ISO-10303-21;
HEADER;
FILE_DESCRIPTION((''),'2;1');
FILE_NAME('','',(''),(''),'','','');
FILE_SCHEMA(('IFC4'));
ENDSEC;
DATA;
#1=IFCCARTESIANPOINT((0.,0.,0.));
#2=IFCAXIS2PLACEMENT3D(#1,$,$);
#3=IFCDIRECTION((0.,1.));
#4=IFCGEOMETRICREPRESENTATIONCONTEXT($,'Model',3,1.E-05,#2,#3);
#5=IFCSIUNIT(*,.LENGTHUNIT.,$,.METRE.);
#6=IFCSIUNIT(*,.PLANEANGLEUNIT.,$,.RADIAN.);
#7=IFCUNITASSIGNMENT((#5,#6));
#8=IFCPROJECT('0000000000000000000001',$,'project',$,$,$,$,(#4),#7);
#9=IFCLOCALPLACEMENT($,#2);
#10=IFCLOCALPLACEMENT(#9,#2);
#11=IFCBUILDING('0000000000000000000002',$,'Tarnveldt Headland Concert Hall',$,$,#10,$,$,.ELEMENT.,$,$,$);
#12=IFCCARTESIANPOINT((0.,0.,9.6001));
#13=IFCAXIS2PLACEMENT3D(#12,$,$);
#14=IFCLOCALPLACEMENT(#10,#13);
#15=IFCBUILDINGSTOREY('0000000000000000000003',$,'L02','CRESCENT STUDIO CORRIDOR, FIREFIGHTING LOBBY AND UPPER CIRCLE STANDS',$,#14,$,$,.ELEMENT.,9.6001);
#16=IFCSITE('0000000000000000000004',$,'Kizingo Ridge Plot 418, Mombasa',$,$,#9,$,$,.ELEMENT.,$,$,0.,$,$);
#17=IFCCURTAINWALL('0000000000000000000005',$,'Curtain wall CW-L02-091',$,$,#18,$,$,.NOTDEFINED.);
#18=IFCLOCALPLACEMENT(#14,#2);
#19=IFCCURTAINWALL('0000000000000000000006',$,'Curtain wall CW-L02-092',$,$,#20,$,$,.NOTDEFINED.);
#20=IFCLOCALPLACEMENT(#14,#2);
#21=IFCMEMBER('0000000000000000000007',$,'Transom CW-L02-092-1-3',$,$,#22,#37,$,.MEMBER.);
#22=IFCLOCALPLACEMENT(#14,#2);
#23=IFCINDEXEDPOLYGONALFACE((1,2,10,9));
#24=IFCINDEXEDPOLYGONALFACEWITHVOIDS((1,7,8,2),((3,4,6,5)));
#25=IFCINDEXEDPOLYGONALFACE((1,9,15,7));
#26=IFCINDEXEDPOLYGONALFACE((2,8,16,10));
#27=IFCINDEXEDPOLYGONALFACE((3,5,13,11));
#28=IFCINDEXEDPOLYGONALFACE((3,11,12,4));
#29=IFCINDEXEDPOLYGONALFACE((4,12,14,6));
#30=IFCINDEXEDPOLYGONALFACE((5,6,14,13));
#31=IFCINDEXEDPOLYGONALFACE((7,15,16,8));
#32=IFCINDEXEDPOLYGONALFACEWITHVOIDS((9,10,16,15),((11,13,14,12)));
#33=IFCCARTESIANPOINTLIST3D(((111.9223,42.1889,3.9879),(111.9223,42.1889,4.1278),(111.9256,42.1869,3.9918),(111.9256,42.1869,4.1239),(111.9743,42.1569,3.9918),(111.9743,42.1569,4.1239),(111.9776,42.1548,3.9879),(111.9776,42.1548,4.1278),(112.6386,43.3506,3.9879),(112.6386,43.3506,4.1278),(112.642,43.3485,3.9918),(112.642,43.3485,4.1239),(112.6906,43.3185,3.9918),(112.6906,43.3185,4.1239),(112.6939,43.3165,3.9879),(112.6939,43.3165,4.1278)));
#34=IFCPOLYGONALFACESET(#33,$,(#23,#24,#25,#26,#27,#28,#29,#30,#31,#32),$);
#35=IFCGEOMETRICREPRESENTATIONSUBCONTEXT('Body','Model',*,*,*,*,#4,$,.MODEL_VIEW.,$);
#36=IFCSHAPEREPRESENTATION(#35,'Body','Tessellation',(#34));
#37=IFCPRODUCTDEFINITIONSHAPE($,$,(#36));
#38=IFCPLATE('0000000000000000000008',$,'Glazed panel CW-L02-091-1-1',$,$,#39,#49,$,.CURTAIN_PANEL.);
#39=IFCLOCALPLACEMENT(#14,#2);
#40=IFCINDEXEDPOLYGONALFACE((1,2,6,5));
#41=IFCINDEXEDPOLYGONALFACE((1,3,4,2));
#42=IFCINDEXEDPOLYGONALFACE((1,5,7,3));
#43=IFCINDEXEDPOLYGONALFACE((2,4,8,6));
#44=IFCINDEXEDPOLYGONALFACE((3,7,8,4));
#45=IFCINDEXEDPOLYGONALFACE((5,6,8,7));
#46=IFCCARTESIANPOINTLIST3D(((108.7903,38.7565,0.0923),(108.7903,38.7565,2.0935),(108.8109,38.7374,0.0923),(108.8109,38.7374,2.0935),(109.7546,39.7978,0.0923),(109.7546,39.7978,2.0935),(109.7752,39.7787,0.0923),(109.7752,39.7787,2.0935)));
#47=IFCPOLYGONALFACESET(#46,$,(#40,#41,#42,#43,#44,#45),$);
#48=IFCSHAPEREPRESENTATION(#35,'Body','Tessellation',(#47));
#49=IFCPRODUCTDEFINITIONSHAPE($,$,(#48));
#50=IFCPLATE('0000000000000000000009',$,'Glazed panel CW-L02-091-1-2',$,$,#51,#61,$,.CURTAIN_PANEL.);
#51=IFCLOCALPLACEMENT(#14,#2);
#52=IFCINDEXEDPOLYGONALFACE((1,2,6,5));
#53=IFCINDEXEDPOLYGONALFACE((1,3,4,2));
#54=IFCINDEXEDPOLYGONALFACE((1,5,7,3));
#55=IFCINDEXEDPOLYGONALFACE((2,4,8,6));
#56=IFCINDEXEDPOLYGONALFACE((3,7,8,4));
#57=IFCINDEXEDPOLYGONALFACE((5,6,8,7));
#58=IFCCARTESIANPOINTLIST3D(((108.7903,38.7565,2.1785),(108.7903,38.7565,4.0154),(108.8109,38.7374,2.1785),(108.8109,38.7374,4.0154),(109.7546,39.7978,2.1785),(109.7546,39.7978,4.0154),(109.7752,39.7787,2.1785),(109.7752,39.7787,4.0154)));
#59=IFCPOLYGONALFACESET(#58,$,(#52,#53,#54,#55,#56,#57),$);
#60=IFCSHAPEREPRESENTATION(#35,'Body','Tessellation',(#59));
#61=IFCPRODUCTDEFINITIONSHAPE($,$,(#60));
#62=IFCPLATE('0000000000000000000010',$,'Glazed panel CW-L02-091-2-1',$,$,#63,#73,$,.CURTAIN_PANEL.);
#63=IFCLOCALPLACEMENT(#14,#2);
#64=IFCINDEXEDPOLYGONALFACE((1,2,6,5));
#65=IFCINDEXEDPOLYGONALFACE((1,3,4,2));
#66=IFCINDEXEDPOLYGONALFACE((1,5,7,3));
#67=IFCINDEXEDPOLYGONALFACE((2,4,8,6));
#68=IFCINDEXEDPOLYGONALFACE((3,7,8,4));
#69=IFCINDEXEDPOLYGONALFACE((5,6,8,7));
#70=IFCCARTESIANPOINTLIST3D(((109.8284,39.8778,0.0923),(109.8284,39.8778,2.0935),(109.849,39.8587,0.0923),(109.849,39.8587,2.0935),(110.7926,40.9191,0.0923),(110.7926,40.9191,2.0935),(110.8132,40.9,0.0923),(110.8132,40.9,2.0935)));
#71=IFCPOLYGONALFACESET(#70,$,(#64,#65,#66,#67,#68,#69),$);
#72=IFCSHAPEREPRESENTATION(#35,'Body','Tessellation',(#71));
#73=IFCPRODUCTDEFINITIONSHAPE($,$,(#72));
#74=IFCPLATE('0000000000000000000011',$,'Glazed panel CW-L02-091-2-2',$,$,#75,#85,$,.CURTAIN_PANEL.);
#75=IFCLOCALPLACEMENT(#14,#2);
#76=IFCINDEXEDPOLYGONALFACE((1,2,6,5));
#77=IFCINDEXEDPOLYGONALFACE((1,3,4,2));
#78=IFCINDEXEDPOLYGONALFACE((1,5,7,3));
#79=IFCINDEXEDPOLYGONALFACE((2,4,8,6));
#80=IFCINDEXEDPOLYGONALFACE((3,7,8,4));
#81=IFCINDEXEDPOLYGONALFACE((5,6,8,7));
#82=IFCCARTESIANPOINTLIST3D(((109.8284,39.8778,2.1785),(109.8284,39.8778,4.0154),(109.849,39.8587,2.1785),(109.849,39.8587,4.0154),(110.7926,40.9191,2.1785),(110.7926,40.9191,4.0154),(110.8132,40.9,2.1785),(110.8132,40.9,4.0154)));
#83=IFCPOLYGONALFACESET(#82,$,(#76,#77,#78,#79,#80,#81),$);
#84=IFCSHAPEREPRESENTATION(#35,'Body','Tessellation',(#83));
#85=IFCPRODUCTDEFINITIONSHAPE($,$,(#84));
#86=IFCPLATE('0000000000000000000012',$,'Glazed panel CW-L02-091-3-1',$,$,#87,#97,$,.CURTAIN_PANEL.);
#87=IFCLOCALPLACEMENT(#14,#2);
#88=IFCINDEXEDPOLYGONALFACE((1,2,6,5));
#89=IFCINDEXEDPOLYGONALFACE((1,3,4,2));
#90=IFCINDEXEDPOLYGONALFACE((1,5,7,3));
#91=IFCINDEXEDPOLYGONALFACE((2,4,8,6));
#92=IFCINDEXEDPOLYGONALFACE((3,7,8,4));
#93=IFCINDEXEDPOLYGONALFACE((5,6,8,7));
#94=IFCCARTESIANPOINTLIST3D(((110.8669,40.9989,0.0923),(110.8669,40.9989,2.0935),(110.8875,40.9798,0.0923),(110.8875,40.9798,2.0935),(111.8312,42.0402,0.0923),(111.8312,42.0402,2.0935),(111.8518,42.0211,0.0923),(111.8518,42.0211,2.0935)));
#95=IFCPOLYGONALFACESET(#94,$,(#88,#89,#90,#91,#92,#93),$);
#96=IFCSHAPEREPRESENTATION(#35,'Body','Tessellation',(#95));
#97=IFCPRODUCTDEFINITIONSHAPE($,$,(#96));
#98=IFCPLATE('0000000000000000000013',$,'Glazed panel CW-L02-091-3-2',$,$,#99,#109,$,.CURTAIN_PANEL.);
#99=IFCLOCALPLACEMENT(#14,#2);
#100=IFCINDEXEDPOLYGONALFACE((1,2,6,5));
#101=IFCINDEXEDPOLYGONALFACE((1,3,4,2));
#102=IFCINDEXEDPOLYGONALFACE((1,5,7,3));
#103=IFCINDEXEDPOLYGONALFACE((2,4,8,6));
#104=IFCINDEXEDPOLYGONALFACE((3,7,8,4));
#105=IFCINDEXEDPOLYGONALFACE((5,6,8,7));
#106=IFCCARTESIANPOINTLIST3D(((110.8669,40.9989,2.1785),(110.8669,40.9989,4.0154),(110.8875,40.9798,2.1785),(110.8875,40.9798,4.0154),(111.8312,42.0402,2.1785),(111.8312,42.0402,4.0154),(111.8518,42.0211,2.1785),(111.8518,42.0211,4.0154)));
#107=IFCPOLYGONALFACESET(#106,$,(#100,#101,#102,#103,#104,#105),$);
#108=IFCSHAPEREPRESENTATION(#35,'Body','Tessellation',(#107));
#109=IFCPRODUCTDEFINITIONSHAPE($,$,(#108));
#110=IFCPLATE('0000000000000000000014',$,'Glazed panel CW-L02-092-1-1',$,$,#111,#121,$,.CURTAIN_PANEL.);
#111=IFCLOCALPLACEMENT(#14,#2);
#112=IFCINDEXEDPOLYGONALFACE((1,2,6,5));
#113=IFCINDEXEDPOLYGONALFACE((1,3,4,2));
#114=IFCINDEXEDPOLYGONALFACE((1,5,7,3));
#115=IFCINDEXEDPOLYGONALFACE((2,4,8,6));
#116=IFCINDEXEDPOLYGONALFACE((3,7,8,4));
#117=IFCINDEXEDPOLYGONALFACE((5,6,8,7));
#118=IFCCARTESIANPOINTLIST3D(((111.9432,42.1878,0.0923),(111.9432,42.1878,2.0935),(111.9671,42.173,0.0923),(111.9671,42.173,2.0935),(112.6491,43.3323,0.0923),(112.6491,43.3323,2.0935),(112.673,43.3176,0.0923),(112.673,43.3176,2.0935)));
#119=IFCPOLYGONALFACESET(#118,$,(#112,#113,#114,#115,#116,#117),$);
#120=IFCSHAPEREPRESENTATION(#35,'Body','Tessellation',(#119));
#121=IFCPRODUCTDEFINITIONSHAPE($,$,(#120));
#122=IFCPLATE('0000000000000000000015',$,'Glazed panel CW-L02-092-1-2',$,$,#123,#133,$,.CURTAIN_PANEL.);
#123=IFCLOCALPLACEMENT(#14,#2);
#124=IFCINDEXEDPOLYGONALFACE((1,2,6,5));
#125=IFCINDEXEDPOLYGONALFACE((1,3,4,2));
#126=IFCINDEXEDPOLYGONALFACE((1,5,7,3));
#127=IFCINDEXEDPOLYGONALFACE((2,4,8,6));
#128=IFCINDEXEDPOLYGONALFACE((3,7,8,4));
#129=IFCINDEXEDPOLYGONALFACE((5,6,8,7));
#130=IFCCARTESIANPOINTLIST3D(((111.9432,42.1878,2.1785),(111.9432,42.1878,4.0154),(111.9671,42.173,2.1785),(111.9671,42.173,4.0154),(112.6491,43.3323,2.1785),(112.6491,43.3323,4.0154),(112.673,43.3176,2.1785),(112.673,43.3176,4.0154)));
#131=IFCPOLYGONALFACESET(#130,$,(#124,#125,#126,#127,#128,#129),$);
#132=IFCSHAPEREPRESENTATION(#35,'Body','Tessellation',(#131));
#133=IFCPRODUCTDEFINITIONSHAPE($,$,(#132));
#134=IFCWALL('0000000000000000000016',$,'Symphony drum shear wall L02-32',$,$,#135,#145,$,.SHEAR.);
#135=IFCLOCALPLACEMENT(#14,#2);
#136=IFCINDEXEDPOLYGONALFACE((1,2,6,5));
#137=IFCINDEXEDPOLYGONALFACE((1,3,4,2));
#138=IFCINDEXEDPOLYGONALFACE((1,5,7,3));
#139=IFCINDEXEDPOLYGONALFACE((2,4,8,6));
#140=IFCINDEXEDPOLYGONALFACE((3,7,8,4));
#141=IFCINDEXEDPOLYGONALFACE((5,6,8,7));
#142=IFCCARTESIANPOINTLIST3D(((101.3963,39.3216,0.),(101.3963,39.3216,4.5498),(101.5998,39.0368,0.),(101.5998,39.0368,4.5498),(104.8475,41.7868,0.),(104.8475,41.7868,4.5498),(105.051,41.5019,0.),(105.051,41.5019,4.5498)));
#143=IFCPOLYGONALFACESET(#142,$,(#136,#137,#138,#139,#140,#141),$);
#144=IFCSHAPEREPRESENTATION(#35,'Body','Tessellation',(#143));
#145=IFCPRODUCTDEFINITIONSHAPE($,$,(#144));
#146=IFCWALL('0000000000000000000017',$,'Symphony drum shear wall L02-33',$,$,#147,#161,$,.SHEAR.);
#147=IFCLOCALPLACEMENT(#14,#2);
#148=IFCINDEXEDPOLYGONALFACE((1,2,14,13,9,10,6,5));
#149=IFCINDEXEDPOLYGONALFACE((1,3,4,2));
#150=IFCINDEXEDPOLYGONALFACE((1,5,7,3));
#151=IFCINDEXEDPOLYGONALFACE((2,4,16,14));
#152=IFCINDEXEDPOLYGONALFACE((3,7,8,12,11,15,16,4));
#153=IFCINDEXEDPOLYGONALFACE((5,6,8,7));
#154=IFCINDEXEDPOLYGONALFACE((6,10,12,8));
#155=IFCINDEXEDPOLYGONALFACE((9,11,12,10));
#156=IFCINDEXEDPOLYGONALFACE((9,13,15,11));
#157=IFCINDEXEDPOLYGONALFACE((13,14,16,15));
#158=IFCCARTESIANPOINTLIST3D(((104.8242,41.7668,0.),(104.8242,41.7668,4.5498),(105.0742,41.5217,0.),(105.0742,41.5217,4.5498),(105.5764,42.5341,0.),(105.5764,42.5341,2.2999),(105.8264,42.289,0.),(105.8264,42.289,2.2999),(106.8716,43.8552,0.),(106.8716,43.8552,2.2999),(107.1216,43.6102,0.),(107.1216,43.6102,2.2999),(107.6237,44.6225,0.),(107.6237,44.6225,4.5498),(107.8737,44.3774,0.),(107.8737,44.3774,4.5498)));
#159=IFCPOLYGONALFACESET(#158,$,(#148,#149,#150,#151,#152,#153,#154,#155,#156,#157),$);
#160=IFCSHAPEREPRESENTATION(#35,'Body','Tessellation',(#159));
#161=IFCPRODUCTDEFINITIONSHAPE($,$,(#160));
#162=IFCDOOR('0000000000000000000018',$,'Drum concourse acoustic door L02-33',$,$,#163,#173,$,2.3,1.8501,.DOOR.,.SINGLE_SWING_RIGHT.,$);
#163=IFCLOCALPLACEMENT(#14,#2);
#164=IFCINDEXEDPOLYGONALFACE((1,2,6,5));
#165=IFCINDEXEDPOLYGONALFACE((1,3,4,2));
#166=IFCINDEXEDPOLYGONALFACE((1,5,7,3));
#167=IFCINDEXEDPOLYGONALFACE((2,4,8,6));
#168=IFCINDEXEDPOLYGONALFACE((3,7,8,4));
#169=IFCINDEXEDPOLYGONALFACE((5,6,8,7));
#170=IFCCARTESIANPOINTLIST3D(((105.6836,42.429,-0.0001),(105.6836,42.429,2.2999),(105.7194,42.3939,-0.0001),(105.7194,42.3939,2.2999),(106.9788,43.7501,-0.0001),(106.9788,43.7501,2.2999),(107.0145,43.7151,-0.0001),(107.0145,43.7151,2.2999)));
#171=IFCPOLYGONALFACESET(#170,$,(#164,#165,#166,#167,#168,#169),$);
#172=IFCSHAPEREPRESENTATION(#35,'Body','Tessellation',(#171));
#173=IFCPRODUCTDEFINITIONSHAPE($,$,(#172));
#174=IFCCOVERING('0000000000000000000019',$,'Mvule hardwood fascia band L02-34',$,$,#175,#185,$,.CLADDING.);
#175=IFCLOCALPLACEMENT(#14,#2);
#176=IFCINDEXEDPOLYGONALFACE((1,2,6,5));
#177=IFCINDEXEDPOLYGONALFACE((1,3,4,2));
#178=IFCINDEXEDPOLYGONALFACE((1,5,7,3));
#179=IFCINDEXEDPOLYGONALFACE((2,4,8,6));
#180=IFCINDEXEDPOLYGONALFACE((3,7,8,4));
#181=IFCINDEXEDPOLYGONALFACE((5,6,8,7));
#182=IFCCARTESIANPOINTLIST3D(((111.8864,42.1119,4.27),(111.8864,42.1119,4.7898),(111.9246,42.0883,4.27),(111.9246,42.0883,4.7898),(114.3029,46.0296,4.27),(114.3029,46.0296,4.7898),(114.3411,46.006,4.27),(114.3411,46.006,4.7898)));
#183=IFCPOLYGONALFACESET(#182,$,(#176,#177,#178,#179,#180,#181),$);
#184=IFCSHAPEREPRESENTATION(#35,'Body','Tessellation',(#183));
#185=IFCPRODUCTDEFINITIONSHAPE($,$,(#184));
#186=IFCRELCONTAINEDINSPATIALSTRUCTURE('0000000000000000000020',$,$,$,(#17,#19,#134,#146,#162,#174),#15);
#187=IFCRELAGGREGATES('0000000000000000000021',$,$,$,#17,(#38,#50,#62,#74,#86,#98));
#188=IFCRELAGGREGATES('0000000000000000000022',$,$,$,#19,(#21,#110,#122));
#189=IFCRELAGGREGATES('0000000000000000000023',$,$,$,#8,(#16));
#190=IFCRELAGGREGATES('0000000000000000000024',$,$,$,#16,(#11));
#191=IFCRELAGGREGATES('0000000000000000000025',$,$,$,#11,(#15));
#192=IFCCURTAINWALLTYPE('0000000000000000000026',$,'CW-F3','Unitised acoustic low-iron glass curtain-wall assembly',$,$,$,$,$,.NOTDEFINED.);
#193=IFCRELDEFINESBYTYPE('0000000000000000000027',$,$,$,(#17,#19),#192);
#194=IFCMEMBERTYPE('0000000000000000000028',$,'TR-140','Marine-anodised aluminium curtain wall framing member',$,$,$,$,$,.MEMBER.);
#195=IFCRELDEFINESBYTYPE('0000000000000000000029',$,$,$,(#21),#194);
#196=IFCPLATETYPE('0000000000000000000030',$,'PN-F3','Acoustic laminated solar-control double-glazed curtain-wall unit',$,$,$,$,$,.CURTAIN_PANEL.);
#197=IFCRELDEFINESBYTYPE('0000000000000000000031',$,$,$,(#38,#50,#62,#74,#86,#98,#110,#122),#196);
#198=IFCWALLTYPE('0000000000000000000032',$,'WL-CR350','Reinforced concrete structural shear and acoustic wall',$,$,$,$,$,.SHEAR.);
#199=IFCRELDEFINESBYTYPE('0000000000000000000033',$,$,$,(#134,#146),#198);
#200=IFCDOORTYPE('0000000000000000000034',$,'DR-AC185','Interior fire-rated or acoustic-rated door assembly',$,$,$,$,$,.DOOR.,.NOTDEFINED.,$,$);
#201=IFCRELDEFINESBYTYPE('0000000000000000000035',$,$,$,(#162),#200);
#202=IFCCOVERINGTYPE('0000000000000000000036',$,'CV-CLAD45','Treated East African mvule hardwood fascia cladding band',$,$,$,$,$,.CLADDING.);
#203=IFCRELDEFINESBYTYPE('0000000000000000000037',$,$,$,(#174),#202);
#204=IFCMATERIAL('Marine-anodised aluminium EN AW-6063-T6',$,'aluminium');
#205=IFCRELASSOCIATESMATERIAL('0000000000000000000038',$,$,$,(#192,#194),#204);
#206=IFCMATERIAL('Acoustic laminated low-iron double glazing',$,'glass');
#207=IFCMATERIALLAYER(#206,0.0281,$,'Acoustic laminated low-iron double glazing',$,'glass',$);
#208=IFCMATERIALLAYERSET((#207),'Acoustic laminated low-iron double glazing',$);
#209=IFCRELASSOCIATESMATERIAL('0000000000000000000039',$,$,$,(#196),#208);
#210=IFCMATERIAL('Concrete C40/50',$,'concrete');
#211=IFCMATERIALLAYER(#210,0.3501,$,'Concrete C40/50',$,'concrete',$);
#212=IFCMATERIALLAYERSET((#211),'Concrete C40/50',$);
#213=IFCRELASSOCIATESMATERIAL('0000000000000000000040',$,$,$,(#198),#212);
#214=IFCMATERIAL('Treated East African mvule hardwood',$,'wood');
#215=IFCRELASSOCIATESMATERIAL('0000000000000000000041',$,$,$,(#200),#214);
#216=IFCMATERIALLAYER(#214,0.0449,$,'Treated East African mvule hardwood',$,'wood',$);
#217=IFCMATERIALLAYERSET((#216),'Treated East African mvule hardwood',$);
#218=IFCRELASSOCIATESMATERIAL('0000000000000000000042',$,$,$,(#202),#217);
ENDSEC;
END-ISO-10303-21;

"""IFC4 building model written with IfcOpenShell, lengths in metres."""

from ifc_helpers import new_model, si_unit, direction, frame, frame_2d, origin, origin_2d, place, context, subcontext, project, spatial, rectangle, hollow_rectangle, extrude, material, layer, layer_set, material_profile, profile_set, type_object, element, fill, aggregate, save


model = new_model("IFC4")

# Units and contexts
model_context = context("Model", 3, precision=1e-05, world=origin(), true_north=direction((0.0, 1.0)))
body_context = subcontext(model_context, "Body", "Model", "MODEL_VIEW")
ifc_project = project(units=[si_unit("LENGTHUNIT", "METRE"), si_unit("PLANEANGLEUNIT", "RADIAN")], contexts=[model_context])

# Site, building, storey
site_placement = place(None, origin())
site = spatial("IfcSite", under=ifc_project, at=site_placement, Name="Kizingo Ridge Plot 418, Mombasa", CompositionType="ELEMENT", RefElevation=0.0)
building_placement = place(site_placement, origin())
building = spatial("IfcBuilding", under=site, at=building_placement, Name="Tarnveldt Headland Concert Hall", CompositionType="ELEMENT")
storey_placement = place(building_placement, frame((0.0, 0.0, 9.6001)))
storey = spatial("IfcBuildingStorey", under=building, at=storey_placement, Name="L02", Description="CRESCENT STUDIO CORRIDOR, FIREFIGHTING LOBBY AND UPPER CIRCLE STANDS", CompositionType="ELEMENT", Elevation=9.6001)

# Shared definitions
ifc_material_1 = material(Name="Concrete C40/50", Category="concrete")

# Curtain wall
ifc_material_2 = material(Name="Marine-anodised aluminium EN AW-6063-T6", Category="aluminium")
curtain_wall_type = type_object("IfcCurtainWallType", Name="CW-F3", Description="Unitised acoustic low-iron glass curtain-wall assembly", PredefinedType="NOTDEFINED", material=ifc_material_2)
curtain_wall_1_placement = place(storey_placement, origin())
curtain_wall_1 = element("IfcCurtainWall", 1, at=curtain_wall_1_placement, inside=storey, type_object=curtain_wall_type, Name="Curtain wall CW-L02-091", PredefinedType="NOTDEFINED")

# Curtain wall
curtain_wall_2_placement = place(storey_placement, origin())
curtain_wall_2 = element("IfcCurtainWall", 2, at=curtain_wall_2_placement, inside=storey, type_object=curtain_wall_type, Name="Curtain wall CW-L02-092", PredefinedType="NOTDEFINED")

# Member
ifc_material_profile_1 = material_profile(ifc_material_2, hollow_rectangle(XDim=0.0649, YDim=0.1399, WallThickness=0.0039, at=origin_2d()), Name="ALU TRANSOM 65x140x4", Category="aluminium")
ifc_profile_set_1 = profile_set([ifc_material_profile_1], Name="Marine-anodised aluminium EN AW-6063-T6")
member_type_1 = type_object("IfcMemberType", Name="TR-140", Description="Marine-anodised aluminium curtain wall framing member", PredefinedType="MEMBER", material=ifc_profile_set_1)
member_1_placement = place(storey_placement, frame((111.95, 42.1719, 4.0579), z_axis=(0.524876, 0.851179, 0.0), x_axis=(-0.851179, 0.524876, 0.0)))
member_1 = element("IfcMember", 3, at=member_1_placement, type_object=member_type_1, Name="Transom CW-L02-092-1-3", PredefinedType="MEMBER", context=body_context, shape_type="SweptSolid", body=[
    extrude(hollow_rectangle(XDim=0.0649, YDim=0.1399, WallThickness=0.0039, at=origin_2d()), origin(), (0.0, 0.0, 1.0), 1.3647),
])

# Plates
ifc_material_3 = material(Name="Acoustic laminated low-iron double glazing", Category="glass")
ifc_layer_1 = layer(ifc_material_3, 0.0281, Name="Acoustic laminated low-iron double glazing", Category="glass")
ifc_layer_set_1 = layer_set([ifc_layer_1], Name="Acoustic laminated low-iron double glazing")
plate_type = type_object("IfcPlateType", Name="PN-F3", Description="Acoustic laminated solar-control double-glazed curtain-wall unit", PredefinedType="CURTAIN_PANEL", material=ifc_layer_set_1)
plate_1_placement = place(storey_placement, frame((109.2827, 39.2676, 0.0923), z_axis=(0.0, 0.0, 1.0), x_axis=(0.679467, 0.733706, 0.0)))
plate_1 = element("IfcPlate", 4, at=plate_1_placement, type_object=plate_type, Name="Glazed panel CW-L02-091-1-1", PredefinedType="CURTAIN_PANEL", context=body_context, shape_type="SweptSolid", body=[
    extrude(rectangle(XDim=1.4192, YDim=0.0281, at=origin_2d()), origin(), (0.0, 0.0, 1.0), 2.0012),
])
plate_2_placement = place(storey_placement, frame((109.2827, 39.2676, 2.1785), z_axis=(0.0, 0.0, 1.0), x_axis=(0.679467, 0.733706, 0.0)))
plate_2 = element("IfcPlate", 5, at=plate_2_placement, type_object=plate_type, Name="Glazed panel CW-L02-091-1-2", PredefinedType="CURTAIN_PANEL", context=body_context, shape_type="SweptSolid", body=[
    extrude(rectangle(XDim=1.4192, YDim=0.0281, at=origin_2d()), origin(), (0.0, 0.0, 1.0), 1.8369),
])
plate_3_placement = place(storey_placement, frame((110.3208, 40.3889, 0.0923), z_axis=(0.0, 0.0, 1.0), x_axis=(0.679467, 0.733706, 0.0)))
plate_3 = element("IfcPlate", 6, at=plate_3_placement, type_object=plate_type, Name="Glazed panel CW-L02-091-2-1", PredefinedType="CURTAIN_PANEL", context=body_context, shape_type="SweptSolid", body=[
    extrude(rectangle(XDim=1.4192, YDim=0.0281, at=origin_2d()), origin(), (0.0, 0.0, 1.0), 2.0012),
])
plate_4_placement = place(storey_placement, frame((110.3208, 40.3889, 2.1785), z_axis=(0.0, 0.0, 1.0), x_axis=(0.679467, 0.733706, 0.0)))
plate_4 = element("IfcPlate", 7, at=plate_4_placement, type_object=plate_type, Name="Glazed panel CW-L02-091-2-2", PredefinedType="CURTAIN_PANEL", context=body_context, shape_type="SweptSolid", body=[
    extrude(rectangle(XDim=1.4192, YDim=0.0281, at=origin_2d()), origin(), (0.0, 0.0, 1.0), 1.8369),
])
plate_5_placement = place(storey_placement, frame((111.3594, 41.51, 0.0923), z_axis=(0.0, 0.0, 1.0), x_axis=(0.679467, 0.733706, 0.0)))
plate_5 = element("IfcPlate", 8, at=plate_5_placement, type_object=plate_type, Name="Glazed panel CW-L02-091-3-1", PredefinedType="CURTAIN_PANEL", context=body_context, shape_type="SweptSolid", body=[
    extrude(rectangle(XDim=1.4192, YDim=0.0281, at=origin_2d()), origin(), (0.0, 0.0, 1.0), 2.0012),
])
plate_6_placement = place(storey_placement, frame((111.3594, 41.51, 2.1785), z_axis=(0.0, 0.0, 1.0), x_axis=(0.679467, 0.733706, 0.0)))
plate_6 = element("IfcPlate", 9, at=plate_6_placement, type_object=plate_type, Name="Glazed panel CW-L02-091-3-2", PredefinedType="CURTAIN_PANEL", context=body_context, shape_type="SweptSolid", body=[
    extrude(rectangle(XDim=1.4192, YDim=0.0281, at=origin_2d()), origin(), (0.0, 0.0, 1.0), 1.8369),
])
aggregate(curtain_wall_1, [plate_1, plate_2, plate_3, plate_4, plate_5, plate_6])
plate_7_placement = place(storey_placement, frame((112.3081, 42.7527, 0.0923), z_axis=(0.0, 0.0, 1.0), x_axis=(0.524922, 0.85115, 0.0)))
plate_7 = element("IfcPlate", 10, at=plate_7_placement, type_object=plate_type, Name="Glazed panel CW-L02-092-1-1", PredefinedType="CURTAIN_PANEL", context=body_context, shape_type="SweptSolid", body=[
    extrude(rectangle(XDim=1.3447, YDim=0.0281, at=origin_2d()), origin(), (0.0, 0.0, 1.0), 2.0012),
])
plate_8_placement = place(storey_placement, frame((112.3081, 42.7527, 2.1785), z_axis=(0.0, 0.0, 1.0), x_axis=(0.524922, 0.85115, 0.0)))
plate_8 = element("IfcPlate", 11, at=plate_8_placement, type_object=plate_type, Name="Glazed panel CW-L02-092-1-2", PredefinedType="CURTAIN_PANEL", context=body_context, shape_type="SweptSolid", body=[
    extrude(rectangle(XDim=1.3447, YDim=0.0281, at=origin_2d()), origin(), (0.0, 0.0, 1.0), 1.8369),
])
aggregate(curtain_wall_2, [member_1, plate_7, plate_8])

# Wall
ifc_layer_2 = layer(ifc_material_1, 0.3501, Name="Concrete C40/50", Category="concrete")
ifc_layer_set_2 = layer_set([ifc_layer_2], Name="Concrete C40/50")
wall_type = type_object("IfcWallType", Name="WL-CR350", Description="Reinforced concrete structural shear and acoustic wall", PredefinedType="SHEAR", material=ifc_layer_set_2)
wall_1_placement = place(storey_placement, frame((101.498, 39.1792, 0.0), z_axis=(0.0, 0.0, 1.0), x_axis=(0.813737, 0.581233, 0.0)))
element("IfcWall", 12, at=wall_1_placement, inside=storey, type_object=wall_type, Name="Symphony drum shear wall L02-32", PredefinedType="SHEAR", context=body_context, shape_type="SweptSolid", body=[
    extrude(rectangle(XDim=4.2412, YDim=0.3501, at=frame_2d((2.1206, 0.0))), origin(), (0.0, 0.0, 1.0), 4.5498),
])

# Wall, opening, door
wall_2_placement = place(storey_placement, frame((104.9492, 41.6443, 0.0), z_axis=(0.0, 0.0, 1.0), x_axis=(0.700051, 0.714093, 0.0)))
wall_2 = element("IfcWall", 13, at=wall_2_placement, inside=storey, type_object=wall_type, Name="Symphony drum shear wall L02-33", PredefinedType="SHEAR", context=body_context, shape_type="SweptSolid", body=[
    extrude(rectangle(XDim=3.999, YDim=0.3501, at=frame_2d((1.9995, 0.0))), origin(), (0.0, 0.0, 1.0), 4.5498),
])
opening_placement = place(wall_2_placement, frame((1.0745, 0.0, 0.0)))
opening = element("IfcOpeningElement", 14, at=opening_placement, cuts=wall_2, PredefinedType="OPENING", context=body_context, shape_type="SweptSolid", body=[
    extrude(rectangle(XDim=1.8501, YDim=2.3, at=frame_2d((0.925, 1.1499))), frame((0.0, 0.1851, 0.0), z_axis=(0.0, -1.0, 0.0), x_axis=(1.0, 0.0, 0.0)), (0.0, 0.0, 1.0), 0.3701),
])
ifc_material_4 = material(Name="Treated East African mvule hardwood", Category="wood")
door_type = type_object("IfcDoorType", Name="DR-AC185", Description="Interior fire-rated or acoustic-rated door assembly", OperationType="NOTDEFINED", PredefinedType="DOOR", material=ifc_material_4)
door_placement = place(opening_placement, origin())
door = element("IfcDoor", 15, at=door_placement, inside=storey, type_object=door_type, Name="Drum concourse acoustic door L02-33", OperationType="SINGLE_SWING_RIGHT", OverallHeight=2.3, OverallWidth=1.8501, PredefinedType="DOOR", context=body_context, shape_type="SweptSolid", body=[
    extrude(rectangle(XDim=1.8501, YDim=2.3, at=frame_2d((0.925, 1.1499))), frame((0.0, 0.0249, 0.0), z_axis=(0.0, -1.0, 0.0), x_axis=(1.0, 0.0, 0.0)), (0.0, 0.0, 1.0), 0.05),
])
fill(opening, door)

# Covering
ifc_layer_3 = layer(ifc_material_4, 0.0449, Name="Treated East African mvule hardwood", Category="wood")
ifc_layer_set_3 = layer_set([ifc_layer_3], Name="Treated East African mvule hardwood")
covering_type = type_object("IfcCoveringType", Name="CV-CLAD45", Description="Treated East African mvule hardwood fascia cladding band", PredefinedType="CLADDING", material=ifc_layer_set_3)
covering_placement = place(storey_placement, frame((111.9055, 42.1001, 4.27), z_axis=(0.0, 0.0, 1.0), x_axis=(0.524979, 0.851115, 0.0)))
element("IfcCovering", 16, at=covering_placement, inside=storey, type_object=covering_type, Name="Mvule hardwood fascia band L02-34", PredefinedType="CLADDING", context=body_context, shape_type="SweptSolid", body=[
    extrude(rectangle(XDim=4.603, YDim=0.0449, at=frame_2d((2.3015, 0.0))), origin(), (0.0, 0.0, 1.0), 0.5198),
])

save(model, "model.ifc")
